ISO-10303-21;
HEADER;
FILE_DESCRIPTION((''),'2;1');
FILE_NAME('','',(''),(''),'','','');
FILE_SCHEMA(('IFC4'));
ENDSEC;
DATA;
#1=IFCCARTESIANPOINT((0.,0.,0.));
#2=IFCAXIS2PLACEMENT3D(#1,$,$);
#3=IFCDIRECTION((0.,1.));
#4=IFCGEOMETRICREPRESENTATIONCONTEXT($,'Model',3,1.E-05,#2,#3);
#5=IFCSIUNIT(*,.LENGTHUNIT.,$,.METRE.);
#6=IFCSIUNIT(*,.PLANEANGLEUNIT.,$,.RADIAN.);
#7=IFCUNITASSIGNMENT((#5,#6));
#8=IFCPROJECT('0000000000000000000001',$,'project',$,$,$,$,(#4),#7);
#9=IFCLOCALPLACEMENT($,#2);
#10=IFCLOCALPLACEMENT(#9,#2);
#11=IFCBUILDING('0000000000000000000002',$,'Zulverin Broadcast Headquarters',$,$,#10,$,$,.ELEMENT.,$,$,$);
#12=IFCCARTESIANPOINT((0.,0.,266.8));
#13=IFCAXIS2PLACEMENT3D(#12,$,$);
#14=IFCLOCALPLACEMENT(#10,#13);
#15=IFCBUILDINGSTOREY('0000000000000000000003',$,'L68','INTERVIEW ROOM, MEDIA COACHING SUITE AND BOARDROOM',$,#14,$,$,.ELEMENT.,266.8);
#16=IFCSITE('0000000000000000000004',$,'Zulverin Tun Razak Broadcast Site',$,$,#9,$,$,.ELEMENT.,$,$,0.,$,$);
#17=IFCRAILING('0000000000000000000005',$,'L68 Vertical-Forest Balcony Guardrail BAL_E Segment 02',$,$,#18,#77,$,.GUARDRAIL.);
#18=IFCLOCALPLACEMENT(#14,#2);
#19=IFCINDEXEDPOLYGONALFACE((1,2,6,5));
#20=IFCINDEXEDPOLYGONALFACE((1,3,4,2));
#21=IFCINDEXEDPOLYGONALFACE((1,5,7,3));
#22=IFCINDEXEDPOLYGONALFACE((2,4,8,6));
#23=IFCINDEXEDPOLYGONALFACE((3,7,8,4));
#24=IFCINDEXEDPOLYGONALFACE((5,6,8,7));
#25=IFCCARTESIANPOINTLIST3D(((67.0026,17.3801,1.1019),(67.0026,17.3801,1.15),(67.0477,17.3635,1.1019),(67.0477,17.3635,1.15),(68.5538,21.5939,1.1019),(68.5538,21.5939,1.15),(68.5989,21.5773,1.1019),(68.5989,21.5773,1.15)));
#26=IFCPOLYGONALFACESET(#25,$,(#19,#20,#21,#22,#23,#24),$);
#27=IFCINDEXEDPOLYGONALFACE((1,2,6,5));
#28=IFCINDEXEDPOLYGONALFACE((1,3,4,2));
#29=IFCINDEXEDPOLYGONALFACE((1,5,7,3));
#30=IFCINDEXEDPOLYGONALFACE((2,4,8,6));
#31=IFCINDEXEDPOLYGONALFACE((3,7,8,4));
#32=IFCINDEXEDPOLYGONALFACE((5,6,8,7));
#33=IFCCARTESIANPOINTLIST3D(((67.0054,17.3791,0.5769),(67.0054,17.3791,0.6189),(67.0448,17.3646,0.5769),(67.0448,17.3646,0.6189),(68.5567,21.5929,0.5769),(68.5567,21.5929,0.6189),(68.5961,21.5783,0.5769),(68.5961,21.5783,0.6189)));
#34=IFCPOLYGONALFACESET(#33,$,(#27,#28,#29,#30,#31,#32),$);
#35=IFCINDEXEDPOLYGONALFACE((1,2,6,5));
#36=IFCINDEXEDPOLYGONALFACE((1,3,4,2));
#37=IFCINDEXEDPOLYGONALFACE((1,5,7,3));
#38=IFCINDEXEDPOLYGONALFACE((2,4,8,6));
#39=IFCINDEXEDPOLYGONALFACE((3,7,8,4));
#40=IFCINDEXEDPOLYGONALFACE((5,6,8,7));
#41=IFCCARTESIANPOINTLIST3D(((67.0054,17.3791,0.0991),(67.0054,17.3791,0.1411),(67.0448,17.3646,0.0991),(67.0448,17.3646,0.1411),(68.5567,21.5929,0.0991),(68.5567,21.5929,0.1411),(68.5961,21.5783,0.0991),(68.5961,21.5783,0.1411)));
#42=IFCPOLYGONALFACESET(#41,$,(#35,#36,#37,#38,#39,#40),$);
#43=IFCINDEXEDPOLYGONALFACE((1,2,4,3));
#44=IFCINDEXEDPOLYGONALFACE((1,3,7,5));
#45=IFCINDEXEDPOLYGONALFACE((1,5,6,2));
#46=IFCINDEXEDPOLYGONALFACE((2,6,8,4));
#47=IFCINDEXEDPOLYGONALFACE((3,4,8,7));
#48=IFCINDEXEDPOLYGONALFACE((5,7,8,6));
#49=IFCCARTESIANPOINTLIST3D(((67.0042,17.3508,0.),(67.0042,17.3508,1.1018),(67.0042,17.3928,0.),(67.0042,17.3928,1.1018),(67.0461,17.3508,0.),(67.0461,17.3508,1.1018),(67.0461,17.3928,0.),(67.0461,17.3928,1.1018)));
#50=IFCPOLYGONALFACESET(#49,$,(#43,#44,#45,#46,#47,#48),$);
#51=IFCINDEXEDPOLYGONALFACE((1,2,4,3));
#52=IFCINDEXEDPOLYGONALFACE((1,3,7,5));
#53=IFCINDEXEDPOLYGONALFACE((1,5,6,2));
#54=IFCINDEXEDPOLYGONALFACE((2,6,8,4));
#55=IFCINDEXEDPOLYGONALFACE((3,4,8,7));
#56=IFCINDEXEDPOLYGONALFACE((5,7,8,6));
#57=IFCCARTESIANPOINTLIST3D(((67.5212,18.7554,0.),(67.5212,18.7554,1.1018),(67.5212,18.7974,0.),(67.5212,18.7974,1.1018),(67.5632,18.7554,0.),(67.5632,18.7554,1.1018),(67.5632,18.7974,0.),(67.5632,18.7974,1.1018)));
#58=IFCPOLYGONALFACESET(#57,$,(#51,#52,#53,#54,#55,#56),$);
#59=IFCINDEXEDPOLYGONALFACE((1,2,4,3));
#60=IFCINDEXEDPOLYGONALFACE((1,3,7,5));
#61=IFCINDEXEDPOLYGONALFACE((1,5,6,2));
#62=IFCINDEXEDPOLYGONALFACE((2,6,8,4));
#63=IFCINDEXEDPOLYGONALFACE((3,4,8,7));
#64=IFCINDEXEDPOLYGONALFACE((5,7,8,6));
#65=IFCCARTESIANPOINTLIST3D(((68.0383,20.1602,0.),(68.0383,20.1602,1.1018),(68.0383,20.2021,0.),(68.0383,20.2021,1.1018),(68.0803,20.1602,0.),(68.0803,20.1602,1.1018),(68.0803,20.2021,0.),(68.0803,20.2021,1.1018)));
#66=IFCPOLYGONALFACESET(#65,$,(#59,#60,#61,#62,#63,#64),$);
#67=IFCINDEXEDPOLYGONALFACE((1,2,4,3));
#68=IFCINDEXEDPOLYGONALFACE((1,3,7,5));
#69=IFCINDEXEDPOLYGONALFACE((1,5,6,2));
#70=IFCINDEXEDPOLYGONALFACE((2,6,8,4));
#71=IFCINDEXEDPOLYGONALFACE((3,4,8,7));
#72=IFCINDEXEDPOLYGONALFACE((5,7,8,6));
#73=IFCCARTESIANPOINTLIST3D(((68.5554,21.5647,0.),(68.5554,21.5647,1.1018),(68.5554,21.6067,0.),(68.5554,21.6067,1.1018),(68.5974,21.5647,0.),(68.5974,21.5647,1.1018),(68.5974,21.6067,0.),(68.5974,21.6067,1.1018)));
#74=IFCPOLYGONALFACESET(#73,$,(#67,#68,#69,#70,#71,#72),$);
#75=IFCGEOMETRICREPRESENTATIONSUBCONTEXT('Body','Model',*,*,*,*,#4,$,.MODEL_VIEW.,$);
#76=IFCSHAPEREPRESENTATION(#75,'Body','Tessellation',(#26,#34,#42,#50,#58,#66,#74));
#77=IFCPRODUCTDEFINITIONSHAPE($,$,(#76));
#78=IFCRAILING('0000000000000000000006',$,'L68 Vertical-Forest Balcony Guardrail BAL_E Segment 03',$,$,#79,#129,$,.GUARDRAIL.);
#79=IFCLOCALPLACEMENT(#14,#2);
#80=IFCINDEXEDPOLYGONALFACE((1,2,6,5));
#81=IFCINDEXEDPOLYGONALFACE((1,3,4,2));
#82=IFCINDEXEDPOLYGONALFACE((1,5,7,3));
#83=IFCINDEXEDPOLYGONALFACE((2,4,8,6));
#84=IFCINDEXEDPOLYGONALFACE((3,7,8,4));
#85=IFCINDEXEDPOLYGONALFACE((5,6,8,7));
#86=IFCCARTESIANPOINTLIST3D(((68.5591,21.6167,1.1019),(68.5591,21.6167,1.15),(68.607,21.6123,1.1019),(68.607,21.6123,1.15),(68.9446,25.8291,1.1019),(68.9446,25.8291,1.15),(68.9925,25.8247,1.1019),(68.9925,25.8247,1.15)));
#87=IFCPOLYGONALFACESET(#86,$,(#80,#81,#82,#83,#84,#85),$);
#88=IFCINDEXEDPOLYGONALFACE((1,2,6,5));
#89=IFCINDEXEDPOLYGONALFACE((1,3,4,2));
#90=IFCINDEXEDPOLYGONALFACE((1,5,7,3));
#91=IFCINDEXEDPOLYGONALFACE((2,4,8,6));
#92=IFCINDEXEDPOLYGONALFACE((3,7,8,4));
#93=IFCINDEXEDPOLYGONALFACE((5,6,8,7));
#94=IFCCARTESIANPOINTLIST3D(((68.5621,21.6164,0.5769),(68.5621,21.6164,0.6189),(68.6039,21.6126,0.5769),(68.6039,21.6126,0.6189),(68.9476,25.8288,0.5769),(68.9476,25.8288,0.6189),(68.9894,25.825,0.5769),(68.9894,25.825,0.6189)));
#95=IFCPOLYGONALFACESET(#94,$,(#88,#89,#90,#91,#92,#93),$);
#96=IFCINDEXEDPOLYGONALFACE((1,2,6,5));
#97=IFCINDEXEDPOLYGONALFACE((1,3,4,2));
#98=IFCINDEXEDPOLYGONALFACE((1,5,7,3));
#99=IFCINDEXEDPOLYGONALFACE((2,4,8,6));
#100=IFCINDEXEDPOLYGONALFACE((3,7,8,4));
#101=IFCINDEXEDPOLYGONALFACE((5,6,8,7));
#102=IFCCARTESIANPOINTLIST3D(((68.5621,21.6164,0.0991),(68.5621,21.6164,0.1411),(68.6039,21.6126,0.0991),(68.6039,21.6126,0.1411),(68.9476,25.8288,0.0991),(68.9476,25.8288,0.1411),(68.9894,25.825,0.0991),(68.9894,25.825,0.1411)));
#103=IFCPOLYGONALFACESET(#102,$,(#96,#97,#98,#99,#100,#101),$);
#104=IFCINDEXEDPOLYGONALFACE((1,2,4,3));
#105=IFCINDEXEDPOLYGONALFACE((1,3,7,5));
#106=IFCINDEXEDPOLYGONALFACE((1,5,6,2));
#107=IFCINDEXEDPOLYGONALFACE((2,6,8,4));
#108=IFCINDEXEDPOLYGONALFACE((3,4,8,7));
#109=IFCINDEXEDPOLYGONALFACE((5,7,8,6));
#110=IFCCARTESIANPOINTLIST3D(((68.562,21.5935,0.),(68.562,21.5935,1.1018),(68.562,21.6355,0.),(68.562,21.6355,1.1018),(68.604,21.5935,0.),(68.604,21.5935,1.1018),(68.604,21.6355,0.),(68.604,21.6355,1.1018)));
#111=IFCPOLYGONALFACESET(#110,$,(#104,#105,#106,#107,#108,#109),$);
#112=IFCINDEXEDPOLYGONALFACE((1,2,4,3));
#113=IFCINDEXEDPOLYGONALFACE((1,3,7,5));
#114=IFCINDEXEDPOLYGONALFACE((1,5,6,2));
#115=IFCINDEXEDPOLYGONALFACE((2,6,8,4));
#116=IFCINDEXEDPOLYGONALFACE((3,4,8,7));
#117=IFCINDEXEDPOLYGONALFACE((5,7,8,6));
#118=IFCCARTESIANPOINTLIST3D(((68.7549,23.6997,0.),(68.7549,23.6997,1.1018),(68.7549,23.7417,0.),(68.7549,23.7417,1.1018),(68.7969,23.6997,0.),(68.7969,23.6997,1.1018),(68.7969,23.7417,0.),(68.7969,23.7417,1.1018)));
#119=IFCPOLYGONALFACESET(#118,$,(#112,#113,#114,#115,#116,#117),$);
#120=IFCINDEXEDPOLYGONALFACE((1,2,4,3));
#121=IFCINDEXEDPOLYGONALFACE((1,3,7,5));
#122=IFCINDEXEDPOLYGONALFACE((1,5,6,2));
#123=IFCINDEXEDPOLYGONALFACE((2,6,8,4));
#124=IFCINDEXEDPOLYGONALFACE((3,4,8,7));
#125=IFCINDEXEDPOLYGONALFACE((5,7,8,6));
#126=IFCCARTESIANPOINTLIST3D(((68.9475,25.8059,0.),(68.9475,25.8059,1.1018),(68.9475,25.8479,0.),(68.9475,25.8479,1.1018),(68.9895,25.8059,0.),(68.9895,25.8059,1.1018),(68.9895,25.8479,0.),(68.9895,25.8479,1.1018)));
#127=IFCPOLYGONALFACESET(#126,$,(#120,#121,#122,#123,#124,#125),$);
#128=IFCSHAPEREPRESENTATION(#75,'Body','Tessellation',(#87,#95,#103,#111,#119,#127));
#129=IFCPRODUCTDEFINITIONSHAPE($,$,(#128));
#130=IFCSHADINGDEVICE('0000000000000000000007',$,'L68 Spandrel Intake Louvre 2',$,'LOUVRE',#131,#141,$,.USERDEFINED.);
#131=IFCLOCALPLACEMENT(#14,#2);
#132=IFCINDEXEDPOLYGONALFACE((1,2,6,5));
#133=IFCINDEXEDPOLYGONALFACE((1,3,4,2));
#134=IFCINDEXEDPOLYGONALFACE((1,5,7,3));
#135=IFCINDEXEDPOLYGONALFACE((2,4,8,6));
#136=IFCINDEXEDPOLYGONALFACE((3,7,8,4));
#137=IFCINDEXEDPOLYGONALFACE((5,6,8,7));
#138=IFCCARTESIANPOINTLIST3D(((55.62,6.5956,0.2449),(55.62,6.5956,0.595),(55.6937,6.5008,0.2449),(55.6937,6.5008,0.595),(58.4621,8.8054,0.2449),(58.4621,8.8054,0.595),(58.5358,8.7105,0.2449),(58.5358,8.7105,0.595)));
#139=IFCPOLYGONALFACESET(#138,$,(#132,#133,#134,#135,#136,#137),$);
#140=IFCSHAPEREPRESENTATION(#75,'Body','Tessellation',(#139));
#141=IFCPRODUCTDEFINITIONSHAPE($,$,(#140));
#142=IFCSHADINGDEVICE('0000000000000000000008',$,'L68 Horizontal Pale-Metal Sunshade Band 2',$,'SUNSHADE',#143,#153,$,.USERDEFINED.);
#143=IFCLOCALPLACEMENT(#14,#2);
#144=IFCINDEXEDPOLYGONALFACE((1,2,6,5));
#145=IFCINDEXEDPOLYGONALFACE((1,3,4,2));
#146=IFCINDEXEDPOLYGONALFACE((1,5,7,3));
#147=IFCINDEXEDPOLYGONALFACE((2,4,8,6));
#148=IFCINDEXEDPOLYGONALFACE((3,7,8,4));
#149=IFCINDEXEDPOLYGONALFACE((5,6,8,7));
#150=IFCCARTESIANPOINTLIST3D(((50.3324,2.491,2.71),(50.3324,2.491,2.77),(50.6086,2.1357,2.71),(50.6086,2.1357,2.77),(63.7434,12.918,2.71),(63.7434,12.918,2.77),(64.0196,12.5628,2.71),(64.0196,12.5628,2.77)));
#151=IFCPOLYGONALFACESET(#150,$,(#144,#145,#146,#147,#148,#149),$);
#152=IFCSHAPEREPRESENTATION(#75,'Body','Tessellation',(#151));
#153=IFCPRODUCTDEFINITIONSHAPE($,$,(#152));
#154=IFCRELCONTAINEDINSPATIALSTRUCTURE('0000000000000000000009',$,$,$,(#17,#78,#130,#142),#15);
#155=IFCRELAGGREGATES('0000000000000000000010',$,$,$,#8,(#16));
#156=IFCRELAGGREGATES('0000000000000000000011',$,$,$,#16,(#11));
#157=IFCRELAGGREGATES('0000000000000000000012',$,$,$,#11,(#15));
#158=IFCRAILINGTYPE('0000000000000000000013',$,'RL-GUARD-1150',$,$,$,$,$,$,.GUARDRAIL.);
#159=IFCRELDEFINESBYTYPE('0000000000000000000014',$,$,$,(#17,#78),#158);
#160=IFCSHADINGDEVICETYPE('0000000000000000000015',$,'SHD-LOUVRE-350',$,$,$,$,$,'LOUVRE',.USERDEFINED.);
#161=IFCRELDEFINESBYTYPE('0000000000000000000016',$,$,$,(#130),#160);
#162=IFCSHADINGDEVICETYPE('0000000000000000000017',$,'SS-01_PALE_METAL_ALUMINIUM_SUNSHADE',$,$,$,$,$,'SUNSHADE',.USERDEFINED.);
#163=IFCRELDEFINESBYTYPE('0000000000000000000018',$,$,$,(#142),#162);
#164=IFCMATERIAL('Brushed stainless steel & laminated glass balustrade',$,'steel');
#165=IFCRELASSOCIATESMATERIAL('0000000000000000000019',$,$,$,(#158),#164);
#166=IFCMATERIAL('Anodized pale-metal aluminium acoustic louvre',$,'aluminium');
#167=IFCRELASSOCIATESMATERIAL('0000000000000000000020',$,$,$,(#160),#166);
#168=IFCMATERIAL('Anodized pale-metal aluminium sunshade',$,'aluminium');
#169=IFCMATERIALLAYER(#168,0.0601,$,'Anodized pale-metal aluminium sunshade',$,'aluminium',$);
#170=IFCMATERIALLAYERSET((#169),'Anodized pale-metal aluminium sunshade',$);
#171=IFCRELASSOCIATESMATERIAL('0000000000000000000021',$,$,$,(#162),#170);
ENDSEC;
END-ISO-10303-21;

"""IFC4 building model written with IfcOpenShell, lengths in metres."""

from ifc_helpers import new_model, si_unit, direction, frame, origin, origin_2d, place, context, subcontext, project, spatial, rectangle, extrude, material, layer, layer_set, type_object, element, save


model = new_model("IFC4")

# Units and contexts
model_context = context("Model", 3, precision=1e-05, world=origin(), true_north=direction((0.0, 1.0)))
body_context = subcontext(model_context, "Body", "Model", "MODEL_VIEW")
ifc_project = project(units=[si_unit("LENGTHUNIT", "METRE"), si_unit("PLANEANGLEUNIT", "RADIAN")], contexts=[model_context])

# Site, building, storey
site_placement = place(None, origin())
site = spatial("IfcSite", under=ifc_project, at=site_placement, Name="Zulverin Tun Razak Broadcast Site", CompositionType="ELEMENT", RefElevation=0.0)
building_placement = place(site_placement, origin())
building = spatial("IfcBuilding", under=site, at=building_placement, Name="Zulverin Broadcast Headquarters", CompositionType="ELEMENT")
storey_placement = place(building_placement, frame((0.0, 0.0, 266.8)))
storey = spatial("IfcBuildingStorey", under=building, at=storey_placement, Name="L68", Description="INTERVIEW ROOM, MEDIA COACHING SUITE AND BOARDROOM", CompositionType="ELEMENT", Elevation=266.8)

# Railings
ifc_material_1 = material(Name="Brushed stainless steel & laminated glass balustrade", Category="steel")
railing_type = type_object("IfcRailingType", Name="RL-GUARD-1150", PredefinedType="GUARDRAIL", material=ifc_material_1)
railing_1_placement = place(storey_placement, frame((67.0251, 17.3718, 0.0)))
element("IfcRailing", 1, at=railing_1_placement, inside=storey, type_object=railing_type, Name="L68 Vertical-Forest Balcony Guardrail BAL_E Segment 02", PredefinedType="GUARDRAIL", context=body_context, shape_type="SweptSolid", body=[
    extrude(rectangle(XDim=0.0481, YDim=0.0481, at=origin_2d()), frame((0.0, 0.0, 1.126), z_axis=(0.345469, 0.93843, 0.0), x_axis=(-0.93843, 0.345469, 0.0)), (0.0, 0.0, 1.0), 4.4902),
    extrude(rectangle(XDim=0.042, YDim=0.042, at=origin_2d()), frame((0.0, 0.0, 0.5979), z_axis=(0.345469, 0.93843, 0.0), x_axis=(-0.93843, 0.345469, 0.0)), (0.0, 0.0, 1.0), 4.4902),
    extrude(rectangle(XDim=0.042, YDim=0.042, at=origin_2d()), frame((0.0, 0.0, 0.1201), z_axis=(0.345469, 0.93843, 0.0), x_axis=(-0.93843, 0.345469, 0.0)), (0.0, 0.0, 1.0), 4.4902),
    extrude(rectangle(XDim=0.042, YDim=0.042, at=origin_2d()), origin(), (0.0, 0.0, 1.0), 1.1018),
    extrude(rectangle(XDim=0.042, YDim=0.042, at=origin_2d()), frame((0.5171, 1.4045, 0.0)), (0.0, 0.0, 1.0), 1.1018),
    extrude(rectangle(XDim=0.042, YDim=0.042, at=origin_2d()), frame((1.0342, 2.8093, 0.0)), (0.0, 0.0, 1.0), 1.1018),
    extrude(rectangle(XDim=0.042, YDim=0.042, at=origin_2d()), frame((1.5513, 4.2139, 0.0)), (0.0, 0.0, 1.0), 1.1018),
])
railing_2_placement = place(storey_placement, frame((68.583, 21.6145, 0.0)))
element("IfcRailing", 2, at=railing_2_placement, inside=storey, type_object=railing_type, Name="L68 Vertical-Forest Balcony Guardrail BAL_E Segment 03", PredefinedType="GUARDRAIL", context=body_context, shape_type="SweptSolid", body=[
    extrude(rectangle(XDim=0.0481, YDim=0.0481, at=origin_2d()), frame((0.0, 0.0, 1.126), z_axis=(0.091134, 0.995839, 0.0), x_axis=(-0.995839, 0.091134, 0.0)), (0.0, 0.0, 1.0), 4.23),
    extrude(rectangle(XDim=0.042, YDim=0.042, at=origin_2d()), frame((0.0, 0.0, 0.5979), z_axis=(0.091134, 0.995839, 0.0), x_axis=(-0.995839, 0.091134, 0.0)), (0.0, 0.0, 1.0), 4.23),
    extrude(rectangle(XDim=0.042, YDim=0.042, at=origin_2d()), frame((0.0, 0.0, 0.1201), z_axis=(0.091134, 0.995839, 0.0), x_axis=(-0.995839, 0.091134, 0.0)), (0.0, 0.0, 1.0), 4.23),
    extrude(rectangle(XDim=0.042, YDim=0.042, at=origin_2d()), origin(), (0.0, 0.0, 1.0), 1.1018),
    extrude(rectangle(XDim=0.042, YDim=0.042, at=origin_2d()), frame((0.1929, 2.1062, 0.0)), (0.0, 0.0, 1.0), 1.1018),
    extrude(rectangle(XDim=0.042, YDim=0.042, at=origin_2d()), frame((0.3855, 4.2124, 0.0)), (0.0, 0.0, 1.0), 1.1018),
])

# Shading devices
ifc_material_2 = material(Name="Anodized pale-metal aluminium acoustic louvre", Category="aluminium")
shading_device_type_1 = type_object("IfcShadingDeviceType", Name="SHD-LOUVRE-350", ElementType="LOUVRE", PredefinedType="USERDEFINED", material=ifc_material_2)
shading_device_1_placement = place(storey_placement, frame((57.0779, 7.6531, 0.2449), z_axis=(0.0, 0.0, 1.0), x_axis=(0.789459, 0.613803, 0.0)))
element("IfcShadingDevice", 3, at=shading_device_1_placement, inside=storey, type_object=shading_device_type_1, Name="L68 Spandrel Intake Louvre 2", ObjectType="LOUVRE", PredefinedType="USERDEFINED", context=body_context, shape_type="SweptSolid", body=[
    extrude(rectangle(XDim=3.6001, YDim=0.1201, at=origin_2d()), origin(), (0.0, 0.0, 1.0), 0.3501),
])
ifc_material_3 = material(Name="Anodized pale-metal aluminium sunshade", Category="aluminium")
ifc_layer_1 = layer(ifc_material_3, 0.0601, Name="Anodized pale-metal aluminium sunshade", Category="aluminium")
ifc_layer_set_1 = layer_set([ifc_layer_1], Name="Anodized pale-metal aluminium sunshade")
shading_device_type_2 = type_object("IfcShadingDeviceType", Name="SS-01_PALE_METAL_ALUMINIUM_SUNSHADE", ElementType="SUNSHADE", PredefinedType="USERDEFINED", material=ifc_layer_set_1)
shading_device_2_placement = place(storey_placement, frame((57.176, 7.5269, 2.71), z_axis=(0.0, 0.0, 1.0), x_axis=(0.789459, 0.613803, 0.0)))
element("IfcShadingDevice", 4, at=shading_device_2_placement, inside=storey, type_object=shading_device_type_2, Name="L68 Horizontal Pale-Metal Sunshade Band 2", ObjectType="SUNSHADE", PredefinedType="USERDEFINED", context=body_context, shape_type="SweptSolid", body=[
    extrude(rectangle(XDim=16.9875, YDim=0.45, at=origin_2d()), origin(), (0.0, 0.0, 1.0), 0.0601),
])

save(model, "model.ifc")
